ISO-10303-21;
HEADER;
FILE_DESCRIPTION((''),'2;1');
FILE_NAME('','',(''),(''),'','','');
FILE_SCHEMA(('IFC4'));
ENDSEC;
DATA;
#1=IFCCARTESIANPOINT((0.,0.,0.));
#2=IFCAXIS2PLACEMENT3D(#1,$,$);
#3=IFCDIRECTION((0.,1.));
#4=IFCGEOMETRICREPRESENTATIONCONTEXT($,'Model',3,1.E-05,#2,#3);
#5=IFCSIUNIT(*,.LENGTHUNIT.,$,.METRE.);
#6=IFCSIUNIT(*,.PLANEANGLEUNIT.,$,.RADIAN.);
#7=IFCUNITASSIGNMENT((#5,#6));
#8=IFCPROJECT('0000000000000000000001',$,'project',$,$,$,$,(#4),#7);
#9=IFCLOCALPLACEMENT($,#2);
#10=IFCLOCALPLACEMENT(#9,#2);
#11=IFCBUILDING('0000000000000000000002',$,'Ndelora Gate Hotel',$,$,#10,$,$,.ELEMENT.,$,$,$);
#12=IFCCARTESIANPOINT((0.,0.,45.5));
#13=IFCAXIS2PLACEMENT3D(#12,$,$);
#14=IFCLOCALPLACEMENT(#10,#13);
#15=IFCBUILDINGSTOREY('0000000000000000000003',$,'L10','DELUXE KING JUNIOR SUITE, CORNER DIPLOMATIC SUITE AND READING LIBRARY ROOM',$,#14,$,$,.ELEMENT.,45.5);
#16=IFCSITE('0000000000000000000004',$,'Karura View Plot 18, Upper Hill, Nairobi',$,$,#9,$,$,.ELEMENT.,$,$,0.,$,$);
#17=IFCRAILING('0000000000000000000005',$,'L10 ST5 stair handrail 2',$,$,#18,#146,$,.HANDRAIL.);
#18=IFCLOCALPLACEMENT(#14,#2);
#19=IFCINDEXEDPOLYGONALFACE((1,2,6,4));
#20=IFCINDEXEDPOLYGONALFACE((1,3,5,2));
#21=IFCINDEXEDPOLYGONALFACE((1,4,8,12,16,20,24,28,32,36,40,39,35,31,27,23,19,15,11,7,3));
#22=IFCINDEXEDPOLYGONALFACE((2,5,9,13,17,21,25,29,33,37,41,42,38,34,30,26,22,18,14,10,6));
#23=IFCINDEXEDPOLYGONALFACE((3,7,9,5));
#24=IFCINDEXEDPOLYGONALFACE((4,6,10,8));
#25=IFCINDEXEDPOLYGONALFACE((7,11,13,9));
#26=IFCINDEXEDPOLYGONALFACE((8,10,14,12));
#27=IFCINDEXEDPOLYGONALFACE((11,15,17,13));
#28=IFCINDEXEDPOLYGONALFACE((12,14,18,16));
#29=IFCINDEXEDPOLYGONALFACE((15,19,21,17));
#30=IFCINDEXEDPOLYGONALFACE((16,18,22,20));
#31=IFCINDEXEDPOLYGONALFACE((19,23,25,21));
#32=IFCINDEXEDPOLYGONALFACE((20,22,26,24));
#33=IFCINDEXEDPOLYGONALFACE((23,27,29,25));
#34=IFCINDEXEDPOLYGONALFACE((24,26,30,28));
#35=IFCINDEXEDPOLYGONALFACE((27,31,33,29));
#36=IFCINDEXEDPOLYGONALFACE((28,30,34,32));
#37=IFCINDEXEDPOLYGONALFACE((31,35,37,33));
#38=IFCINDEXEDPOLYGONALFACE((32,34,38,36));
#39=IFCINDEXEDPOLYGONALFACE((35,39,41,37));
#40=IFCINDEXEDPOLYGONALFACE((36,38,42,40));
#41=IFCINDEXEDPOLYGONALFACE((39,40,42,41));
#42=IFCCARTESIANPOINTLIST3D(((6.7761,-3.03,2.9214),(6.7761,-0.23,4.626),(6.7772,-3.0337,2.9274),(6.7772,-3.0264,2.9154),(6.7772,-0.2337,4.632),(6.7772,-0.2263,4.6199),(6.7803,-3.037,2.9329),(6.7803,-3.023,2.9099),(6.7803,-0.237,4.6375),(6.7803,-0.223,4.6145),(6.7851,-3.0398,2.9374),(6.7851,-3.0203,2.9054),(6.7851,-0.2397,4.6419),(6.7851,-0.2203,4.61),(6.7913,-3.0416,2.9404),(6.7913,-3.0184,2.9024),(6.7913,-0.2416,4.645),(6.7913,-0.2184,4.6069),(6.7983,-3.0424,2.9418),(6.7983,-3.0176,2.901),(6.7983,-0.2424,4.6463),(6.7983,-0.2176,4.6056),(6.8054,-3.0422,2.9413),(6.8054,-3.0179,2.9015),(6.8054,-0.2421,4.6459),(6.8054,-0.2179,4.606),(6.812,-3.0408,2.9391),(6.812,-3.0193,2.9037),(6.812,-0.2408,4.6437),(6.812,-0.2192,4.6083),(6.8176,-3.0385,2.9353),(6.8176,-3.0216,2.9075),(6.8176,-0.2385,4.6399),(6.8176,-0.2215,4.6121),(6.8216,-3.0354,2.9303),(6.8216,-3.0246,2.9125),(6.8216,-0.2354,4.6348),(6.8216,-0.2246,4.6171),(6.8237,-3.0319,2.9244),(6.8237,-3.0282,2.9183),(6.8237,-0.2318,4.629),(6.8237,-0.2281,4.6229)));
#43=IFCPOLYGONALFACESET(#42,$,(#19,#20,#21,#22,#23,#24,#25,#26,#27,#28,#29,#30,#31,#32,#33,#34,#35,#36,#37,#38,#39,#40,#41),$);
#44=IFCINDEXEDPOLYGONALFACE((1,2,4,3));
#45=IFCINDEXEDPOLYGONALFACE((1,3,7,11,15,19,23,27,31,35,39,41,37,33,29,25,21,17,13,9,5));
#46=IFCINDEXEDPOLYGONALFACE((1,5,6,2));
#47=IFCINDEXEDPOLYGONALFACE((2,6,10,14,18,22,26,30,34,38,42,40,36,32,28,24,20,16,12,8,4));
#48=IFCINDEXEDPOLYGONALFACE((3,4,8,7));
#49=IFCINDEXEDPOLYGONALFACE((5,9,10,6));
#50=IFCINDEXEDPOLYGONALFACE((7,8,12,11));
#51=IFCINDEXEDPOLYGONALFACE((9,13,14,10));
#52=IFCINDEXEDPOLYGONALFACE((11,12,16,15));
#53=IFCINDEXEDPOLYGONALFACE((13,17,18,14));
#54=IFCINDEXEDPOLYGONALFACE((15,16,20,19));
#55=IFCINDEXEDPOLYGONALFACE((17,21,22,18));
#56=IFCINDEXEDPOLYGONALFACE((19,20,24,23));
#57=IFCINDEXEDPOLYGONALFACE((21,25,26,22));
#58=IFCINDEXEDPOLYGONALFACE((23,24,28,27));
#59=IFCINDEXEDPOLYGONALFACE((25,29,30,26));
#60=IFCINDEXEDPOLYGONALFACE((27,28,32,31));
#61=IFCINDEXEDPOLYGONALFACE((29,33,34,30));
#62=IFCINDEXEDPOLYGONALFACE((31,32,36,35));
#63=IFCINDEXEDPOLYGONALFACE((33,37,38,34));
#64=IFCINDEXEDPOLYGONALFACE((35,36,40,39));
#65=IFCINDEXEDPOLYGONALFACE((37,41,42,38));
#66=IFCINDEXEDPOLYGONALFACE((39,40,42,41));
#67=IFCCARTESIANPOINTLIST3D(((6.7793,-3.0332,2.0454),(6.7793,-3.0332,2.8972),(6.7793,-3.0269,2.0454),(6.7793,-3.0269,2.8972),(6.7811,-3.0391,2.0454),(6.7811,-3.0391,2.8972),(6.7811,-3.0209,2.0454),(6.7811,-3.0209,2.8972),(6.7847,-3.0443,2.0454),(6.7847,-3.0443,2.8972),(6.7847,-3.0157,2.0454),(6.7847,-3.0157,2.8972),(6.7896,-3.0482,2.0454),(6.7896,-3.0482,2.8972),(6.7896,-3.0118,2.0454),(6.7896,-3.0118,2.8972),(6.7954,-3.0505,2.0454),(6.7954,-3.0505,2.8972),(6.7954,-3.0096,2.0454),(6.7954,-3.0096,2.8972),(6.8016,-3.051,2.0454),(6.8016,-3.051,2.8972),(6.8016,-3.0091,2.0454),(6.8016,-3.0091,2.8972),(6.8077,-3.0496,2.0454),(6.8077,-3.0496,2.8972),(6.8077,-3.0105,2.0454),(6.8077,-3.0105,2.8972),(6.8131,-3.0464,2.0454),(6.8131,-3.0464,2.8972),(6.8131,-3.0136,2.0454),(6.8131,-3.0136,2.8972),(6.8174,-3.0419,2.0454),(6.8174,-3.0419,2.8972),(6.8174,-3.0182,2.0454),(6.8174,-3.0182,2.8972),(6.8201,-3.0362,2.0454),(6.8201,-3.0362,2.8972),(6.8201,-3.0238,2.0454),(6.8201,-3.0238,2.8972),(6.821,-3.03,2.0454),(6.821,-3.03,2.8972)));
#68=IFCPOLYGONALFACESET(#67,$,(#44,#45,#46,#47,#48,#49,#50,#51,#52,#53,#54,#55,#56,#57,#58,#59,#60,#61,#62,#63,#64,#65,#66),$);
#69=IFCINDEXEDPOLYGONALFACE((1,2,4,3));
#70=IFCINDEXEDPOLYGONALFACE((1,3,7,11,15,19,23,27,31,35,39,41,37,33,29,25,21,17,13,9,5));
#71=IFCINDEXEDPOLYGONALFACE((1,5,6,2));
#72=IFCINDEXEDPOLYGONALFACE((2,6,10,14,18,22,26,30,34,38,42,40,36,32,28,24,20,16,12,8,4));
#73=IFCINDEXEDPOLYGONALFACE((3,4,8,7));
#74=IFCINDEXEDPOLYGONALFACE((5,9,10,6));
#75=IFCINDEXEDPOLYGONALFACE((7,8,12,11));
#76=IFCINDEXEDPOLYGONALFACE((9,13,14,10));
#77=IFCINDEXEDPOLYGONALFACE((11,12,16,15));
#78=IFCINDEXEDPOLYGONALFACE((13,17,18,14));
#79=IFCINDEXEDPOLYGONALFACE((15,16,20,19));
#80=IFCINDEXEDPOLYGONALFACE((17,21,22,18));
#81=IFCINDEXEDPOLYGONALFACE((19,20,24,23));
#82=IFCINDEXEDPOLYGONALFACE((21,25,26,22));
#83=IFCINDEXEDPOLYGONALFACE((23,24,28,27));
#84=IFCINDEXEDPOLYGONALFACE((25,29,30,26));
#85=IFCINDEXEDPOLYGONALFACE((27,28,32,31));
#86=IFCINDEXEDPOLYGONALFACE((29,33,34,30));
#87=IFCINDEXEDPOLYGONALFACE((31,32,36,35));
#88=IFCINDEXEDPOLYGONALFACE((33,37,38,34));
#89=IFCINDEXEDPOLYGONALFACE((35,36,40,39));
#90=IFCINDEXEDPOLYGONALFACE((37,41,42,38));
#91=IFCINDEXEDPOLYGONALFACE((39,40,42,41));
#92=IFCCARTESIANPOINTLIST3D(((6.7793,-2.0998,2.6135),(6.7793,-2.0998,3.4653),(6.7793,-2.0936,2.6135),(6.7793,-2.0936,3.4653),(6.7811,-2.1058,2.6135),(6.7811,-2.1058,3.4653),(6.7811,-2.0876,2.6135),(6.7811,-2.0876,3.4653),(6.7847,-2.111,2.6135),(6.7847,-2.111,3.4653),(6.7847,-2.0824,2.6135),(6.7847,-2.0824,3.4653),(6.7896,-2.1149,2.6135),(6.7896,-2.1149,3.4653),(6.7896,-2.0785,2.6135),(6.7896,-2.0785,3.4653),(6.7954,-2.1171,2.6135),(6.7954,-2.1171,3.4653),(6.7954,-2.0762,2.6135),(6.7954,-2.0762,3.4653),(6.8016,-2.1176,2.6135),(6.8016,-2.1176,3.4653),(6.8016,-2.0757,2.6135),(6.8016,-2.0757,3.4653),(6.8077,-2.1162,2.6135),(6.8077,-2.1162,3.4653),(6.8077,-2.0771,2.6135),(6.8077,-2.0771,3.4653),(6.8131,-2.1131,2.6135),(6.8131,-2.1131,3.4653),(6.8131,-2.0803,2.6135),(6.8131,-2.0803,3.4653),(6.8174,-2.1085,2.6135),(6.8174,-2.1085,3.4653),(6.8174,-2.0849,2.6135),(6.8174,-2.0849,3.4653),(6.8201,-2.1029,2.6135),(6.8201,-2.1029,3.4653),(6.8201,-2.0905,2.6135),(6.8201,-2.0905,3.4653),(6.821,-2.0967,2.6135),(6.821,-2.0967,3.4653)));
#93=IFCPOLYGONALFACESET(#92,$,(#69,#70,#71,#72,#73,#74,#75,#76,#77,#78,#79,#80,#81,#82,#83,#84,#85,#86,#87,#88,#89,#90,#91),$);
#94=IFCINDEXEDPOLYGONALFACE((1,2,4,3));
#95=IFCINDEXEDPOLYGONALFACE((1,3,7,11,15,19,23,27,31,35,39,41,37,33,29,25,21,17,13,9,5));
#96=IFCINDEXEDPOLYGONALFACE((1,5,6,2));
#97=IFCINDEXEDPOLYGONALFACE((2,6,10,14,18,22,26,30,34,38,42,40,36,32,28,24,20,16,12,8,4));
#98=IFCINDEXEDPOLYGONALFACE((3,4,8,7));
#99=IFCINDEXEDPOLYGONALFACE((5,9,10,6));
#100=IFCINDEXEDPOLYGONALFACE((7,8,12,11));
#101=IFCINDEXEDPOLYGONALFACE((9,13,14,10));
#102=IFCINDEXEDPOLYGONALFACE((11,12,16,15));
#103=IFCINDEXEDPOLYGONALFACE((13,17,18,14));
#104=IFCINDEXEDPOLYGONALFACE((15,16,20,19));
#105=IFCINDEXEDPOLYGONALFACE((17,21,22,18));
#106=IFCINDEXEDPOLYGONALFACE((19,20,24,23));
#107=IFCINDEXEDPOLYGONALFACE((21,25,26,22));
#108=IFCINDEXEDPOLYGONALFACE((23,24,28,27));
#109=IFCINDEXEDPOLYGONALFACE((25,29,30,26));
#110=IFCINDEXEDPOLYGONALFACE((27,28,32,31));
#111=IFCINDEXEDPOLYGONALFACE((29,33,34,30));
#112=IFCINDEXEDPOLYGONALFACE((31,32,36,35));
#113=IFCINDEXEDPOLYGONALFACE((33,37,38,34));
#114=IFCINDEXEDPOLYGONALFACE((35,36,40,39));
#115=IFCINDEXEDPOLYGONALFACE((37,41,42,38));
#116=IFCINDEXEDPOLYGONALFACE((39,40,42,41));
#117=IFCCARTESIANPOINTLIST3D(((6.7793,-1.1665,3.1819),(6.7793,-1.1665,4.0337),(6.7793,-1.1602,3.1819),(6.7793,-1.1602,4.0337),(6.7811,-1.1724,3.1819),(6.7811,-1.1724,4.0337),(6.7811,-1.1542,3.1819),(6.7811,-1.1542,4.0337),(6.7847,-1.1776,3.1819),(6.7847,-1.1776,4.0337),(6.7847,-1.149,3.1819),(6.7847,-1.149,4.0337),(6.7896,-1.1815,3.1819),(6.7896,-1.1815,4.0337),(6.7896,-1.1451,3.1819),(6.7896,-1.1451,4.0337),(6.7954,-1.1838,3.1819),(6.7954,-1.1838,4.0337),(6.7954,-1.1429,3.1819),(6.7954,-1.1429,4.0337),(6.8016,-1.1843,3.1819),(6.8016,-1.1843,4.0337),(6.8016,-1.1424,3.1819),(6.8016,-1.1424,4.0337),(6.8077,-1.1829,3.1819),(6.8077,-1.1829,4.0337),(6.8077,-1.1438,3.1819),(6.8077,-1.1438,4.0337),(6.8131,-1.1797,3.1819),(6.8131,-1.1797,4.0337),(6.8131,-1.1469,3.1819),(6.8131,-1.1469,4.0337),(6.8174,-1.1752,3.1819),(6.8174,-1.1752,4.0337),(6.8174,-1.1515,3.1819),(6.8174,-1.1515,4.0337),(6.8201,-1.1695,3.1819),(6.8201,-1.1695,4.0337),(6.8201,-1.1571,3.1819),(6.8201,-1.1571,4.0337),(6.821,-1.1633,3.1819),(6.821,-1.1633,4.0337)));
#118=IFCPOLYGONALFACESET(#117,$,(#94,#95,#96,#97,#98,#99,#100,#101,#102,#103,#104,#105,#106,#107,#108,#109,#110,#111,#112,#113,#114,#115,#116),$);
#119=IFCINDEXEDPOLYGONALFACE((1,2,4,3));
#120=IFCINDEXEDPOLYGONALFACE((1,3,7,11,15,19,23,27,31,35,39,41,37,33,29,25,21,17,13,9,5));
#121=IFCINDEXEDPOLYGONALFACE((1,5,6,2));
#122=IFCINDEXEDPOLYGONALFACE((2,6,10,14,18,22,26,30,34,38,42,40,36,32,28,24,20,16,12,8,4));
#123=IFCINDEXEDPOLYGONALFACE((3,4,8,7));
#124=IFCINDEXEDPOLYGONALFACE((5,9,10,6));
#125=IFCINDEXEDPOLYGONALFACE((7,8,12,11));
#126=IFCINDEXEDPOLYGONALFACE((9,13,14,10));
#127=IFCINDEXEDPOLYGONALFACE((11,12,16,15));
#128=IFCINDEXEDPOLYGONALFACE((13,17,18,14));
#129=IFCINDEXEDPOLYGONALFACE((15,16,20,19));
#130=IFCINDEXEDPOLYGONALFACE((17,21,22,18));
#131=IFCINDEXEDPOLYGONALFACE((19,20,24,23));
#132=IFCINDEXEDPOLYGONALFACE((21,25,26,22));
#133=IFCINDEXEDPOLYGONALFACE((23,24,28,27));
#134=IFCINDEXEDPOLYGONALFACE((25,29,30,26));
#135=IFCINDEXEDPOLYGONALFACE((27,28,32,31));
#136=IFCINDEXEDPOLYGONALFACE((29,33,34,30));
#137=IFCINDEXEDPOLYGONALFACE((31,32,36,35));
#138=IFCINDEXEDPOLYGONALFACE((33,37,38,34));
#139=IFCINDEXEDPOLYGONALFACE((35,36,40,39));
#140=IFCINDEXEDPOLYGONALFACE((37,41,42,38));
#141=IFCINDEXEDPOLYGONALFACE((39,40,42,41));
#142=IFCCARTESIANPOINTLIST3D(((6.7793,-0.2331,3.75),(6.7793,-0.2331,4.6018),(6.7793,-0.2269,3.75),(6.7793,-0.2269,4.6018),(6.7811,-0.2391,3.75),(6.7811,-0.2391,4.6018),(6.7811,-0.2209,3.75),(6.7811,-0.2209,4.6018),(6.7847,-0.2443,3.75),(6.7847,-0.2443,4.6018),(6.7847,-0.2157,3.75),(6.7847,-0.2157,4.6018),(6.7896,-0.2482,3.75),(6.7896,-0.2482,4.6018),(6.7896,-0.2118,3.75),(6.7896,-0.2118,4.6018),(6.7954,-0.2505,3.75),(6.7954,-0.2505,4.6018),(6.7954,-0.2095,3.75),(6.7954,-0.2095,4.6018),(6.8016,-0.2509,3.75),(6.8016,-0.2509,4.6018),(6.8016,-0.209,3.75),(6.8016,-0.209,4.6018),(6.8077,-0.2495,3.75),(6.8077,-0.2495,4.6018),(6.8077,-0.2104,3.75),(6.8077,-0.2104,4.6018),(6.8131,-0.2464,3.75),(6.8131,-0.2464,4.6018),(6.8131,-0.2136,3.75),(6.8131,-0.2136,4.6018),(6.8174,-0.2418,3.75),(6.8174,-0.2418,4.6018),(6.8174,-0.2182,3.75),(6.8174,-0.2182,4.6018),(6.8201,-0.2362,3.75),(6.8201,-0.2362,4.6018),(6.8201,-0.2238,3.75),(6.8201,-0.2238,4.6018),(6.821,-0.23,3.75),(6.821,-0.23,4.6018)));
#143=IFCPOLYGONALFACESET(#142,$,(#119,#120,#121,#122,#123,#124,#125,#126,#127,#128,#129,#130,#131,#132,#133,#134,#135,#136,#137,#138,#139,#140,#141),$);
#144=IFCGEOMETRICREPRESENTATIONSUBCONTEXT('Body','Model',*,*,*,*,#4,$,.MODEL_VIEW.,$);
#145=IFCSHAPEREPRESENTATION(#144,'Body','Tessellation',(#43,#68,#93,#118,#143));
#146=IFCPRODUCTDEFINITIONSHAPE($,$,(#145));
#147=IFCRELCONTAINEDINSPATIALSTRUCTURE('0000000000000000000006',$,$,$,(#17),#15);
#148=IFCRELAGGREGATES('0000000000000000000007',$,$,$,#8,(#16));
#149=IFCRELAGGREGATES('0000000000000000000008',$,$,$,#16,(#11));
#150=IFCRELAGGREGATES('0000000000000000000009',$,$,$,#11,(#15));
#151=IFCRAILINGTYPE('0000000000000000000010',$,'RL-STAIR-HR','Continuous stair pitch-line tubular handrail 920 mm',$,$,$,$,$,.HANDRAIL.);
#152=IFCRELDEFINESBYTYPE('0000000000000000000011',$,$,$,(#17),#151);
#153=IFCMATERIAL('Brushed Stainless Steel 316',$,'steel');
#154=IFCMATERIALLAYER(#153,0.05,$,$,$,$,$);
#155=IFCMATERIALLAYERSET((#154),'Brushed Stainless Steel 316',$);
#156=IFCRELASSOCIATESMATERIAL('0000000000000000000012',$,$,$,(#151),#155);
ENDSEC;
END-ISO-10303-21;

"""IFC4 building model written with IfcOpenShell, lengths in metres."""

from ifc_helpers import new_model, si_unit, direction, frame, origin, origin_2d, place, context, subcontext, project, spatial, circle, extrude, material, layer, layer_set, type_object, element, save


model = new_model("IFC4")

# Units and contexts
model_context = context("Model", 3, precision=1e-05, world=origin(), true_north=direction((0.0, 1.0)))
body_context = subcontext(model_context, "Body", "Model", "MODEL_VIEW")
ifc_project = project(units=[si_unit("LENGTHUNIT", "METRE"), si_unit("PLANEANGLEUNIT", "RADIAN")], contexts=[model_context])

# Site, building, storey
site_placement = place(None, origin())
site = spatial("IfcSite", under=ifc_project, at=site_placement, Name="Karura View Plot 18, Upper Hill, Nairobi", CompositionType="ELEMENT", RefElevation=0.0)
building_placement = place(site_placement, origin())
building = spatial("IfcBuilding", under=site, at=building_placement, Name="Ndelora Gate Hotel", CompositionType="ELEMENT")
storey_placement = place(building_placement, frame((0.0, 0.0, 45.5)))
storey = spatial("IfcBuildingStorey", under=building, at=storey_placement, Name="L10", Description="DELUXE KING JUNIOR SUITE, CORNER DIPLOMATIC SUITE AND READING LIBRARY ROOM", CompositionType="ELEMENT", Elevation=45.5)

# Railing
ifc_material_1 = material(Name="Brushed Stainless Steel 316", Category="steel")
ifc_layer_1 = layer(ifc_material_1, 0.05)
ifc_layer_set_1 = layer_set([ifc_layer_1], Name="Brushed Stainless Steel 316")
railing_type_1 = type_object("IfcRailingType", Name="RL-STAIR-HR", Description="Continuous stair pitch-line tubular handrail 920 mm", PredefinedType="HANDRAIL", material=ifc_layer_set_1)
railing_1_placement = place(storey_placement, frame((6.8, -3.03, 2.0454)))
element("IfcRailing", 1, at=railing_1_placement, inside=storey, type_object=railing_type_1, Name="L10 ST5 stair handrail 2", PredefinedType="HANDRAIL", context=body_context, shape_type="SweptSolid", body=[
    extrude(circle(Radius=0.0239, at=origin_2d()), frame((0.0, 0.0, 0.876), z_axis=(0.0, 0.85417, 0.519994), x_axis=(-1.0, 0.0, 0.0)), (0.0, 0.0, 1.0), 3.2781),
    extrude(circle(Radius=0.021, at=origin_2d()), origin(), (0.0, 0.0, 1.0), 0.8518),
    extrude(circle(Radius=0.021, at=origin_2d()), frame((0.0, 0.9333, 0.5681)), (0.0, 0.0, 1.0), 0.8518),
    extrude(circle(Radius=0.021, at=origin_2d()), frame((0.0, 1.8667, 1.1365)), (0.0, 0.0, 1.0), 0.8518),
    extrude(circle(Radius=0.021, at=origin_2d()), frame((0.0, 2.8, 1.7046)), (0.0, 0.0, 1.0), 0.8518),
])

save(model, "model.ifc")
